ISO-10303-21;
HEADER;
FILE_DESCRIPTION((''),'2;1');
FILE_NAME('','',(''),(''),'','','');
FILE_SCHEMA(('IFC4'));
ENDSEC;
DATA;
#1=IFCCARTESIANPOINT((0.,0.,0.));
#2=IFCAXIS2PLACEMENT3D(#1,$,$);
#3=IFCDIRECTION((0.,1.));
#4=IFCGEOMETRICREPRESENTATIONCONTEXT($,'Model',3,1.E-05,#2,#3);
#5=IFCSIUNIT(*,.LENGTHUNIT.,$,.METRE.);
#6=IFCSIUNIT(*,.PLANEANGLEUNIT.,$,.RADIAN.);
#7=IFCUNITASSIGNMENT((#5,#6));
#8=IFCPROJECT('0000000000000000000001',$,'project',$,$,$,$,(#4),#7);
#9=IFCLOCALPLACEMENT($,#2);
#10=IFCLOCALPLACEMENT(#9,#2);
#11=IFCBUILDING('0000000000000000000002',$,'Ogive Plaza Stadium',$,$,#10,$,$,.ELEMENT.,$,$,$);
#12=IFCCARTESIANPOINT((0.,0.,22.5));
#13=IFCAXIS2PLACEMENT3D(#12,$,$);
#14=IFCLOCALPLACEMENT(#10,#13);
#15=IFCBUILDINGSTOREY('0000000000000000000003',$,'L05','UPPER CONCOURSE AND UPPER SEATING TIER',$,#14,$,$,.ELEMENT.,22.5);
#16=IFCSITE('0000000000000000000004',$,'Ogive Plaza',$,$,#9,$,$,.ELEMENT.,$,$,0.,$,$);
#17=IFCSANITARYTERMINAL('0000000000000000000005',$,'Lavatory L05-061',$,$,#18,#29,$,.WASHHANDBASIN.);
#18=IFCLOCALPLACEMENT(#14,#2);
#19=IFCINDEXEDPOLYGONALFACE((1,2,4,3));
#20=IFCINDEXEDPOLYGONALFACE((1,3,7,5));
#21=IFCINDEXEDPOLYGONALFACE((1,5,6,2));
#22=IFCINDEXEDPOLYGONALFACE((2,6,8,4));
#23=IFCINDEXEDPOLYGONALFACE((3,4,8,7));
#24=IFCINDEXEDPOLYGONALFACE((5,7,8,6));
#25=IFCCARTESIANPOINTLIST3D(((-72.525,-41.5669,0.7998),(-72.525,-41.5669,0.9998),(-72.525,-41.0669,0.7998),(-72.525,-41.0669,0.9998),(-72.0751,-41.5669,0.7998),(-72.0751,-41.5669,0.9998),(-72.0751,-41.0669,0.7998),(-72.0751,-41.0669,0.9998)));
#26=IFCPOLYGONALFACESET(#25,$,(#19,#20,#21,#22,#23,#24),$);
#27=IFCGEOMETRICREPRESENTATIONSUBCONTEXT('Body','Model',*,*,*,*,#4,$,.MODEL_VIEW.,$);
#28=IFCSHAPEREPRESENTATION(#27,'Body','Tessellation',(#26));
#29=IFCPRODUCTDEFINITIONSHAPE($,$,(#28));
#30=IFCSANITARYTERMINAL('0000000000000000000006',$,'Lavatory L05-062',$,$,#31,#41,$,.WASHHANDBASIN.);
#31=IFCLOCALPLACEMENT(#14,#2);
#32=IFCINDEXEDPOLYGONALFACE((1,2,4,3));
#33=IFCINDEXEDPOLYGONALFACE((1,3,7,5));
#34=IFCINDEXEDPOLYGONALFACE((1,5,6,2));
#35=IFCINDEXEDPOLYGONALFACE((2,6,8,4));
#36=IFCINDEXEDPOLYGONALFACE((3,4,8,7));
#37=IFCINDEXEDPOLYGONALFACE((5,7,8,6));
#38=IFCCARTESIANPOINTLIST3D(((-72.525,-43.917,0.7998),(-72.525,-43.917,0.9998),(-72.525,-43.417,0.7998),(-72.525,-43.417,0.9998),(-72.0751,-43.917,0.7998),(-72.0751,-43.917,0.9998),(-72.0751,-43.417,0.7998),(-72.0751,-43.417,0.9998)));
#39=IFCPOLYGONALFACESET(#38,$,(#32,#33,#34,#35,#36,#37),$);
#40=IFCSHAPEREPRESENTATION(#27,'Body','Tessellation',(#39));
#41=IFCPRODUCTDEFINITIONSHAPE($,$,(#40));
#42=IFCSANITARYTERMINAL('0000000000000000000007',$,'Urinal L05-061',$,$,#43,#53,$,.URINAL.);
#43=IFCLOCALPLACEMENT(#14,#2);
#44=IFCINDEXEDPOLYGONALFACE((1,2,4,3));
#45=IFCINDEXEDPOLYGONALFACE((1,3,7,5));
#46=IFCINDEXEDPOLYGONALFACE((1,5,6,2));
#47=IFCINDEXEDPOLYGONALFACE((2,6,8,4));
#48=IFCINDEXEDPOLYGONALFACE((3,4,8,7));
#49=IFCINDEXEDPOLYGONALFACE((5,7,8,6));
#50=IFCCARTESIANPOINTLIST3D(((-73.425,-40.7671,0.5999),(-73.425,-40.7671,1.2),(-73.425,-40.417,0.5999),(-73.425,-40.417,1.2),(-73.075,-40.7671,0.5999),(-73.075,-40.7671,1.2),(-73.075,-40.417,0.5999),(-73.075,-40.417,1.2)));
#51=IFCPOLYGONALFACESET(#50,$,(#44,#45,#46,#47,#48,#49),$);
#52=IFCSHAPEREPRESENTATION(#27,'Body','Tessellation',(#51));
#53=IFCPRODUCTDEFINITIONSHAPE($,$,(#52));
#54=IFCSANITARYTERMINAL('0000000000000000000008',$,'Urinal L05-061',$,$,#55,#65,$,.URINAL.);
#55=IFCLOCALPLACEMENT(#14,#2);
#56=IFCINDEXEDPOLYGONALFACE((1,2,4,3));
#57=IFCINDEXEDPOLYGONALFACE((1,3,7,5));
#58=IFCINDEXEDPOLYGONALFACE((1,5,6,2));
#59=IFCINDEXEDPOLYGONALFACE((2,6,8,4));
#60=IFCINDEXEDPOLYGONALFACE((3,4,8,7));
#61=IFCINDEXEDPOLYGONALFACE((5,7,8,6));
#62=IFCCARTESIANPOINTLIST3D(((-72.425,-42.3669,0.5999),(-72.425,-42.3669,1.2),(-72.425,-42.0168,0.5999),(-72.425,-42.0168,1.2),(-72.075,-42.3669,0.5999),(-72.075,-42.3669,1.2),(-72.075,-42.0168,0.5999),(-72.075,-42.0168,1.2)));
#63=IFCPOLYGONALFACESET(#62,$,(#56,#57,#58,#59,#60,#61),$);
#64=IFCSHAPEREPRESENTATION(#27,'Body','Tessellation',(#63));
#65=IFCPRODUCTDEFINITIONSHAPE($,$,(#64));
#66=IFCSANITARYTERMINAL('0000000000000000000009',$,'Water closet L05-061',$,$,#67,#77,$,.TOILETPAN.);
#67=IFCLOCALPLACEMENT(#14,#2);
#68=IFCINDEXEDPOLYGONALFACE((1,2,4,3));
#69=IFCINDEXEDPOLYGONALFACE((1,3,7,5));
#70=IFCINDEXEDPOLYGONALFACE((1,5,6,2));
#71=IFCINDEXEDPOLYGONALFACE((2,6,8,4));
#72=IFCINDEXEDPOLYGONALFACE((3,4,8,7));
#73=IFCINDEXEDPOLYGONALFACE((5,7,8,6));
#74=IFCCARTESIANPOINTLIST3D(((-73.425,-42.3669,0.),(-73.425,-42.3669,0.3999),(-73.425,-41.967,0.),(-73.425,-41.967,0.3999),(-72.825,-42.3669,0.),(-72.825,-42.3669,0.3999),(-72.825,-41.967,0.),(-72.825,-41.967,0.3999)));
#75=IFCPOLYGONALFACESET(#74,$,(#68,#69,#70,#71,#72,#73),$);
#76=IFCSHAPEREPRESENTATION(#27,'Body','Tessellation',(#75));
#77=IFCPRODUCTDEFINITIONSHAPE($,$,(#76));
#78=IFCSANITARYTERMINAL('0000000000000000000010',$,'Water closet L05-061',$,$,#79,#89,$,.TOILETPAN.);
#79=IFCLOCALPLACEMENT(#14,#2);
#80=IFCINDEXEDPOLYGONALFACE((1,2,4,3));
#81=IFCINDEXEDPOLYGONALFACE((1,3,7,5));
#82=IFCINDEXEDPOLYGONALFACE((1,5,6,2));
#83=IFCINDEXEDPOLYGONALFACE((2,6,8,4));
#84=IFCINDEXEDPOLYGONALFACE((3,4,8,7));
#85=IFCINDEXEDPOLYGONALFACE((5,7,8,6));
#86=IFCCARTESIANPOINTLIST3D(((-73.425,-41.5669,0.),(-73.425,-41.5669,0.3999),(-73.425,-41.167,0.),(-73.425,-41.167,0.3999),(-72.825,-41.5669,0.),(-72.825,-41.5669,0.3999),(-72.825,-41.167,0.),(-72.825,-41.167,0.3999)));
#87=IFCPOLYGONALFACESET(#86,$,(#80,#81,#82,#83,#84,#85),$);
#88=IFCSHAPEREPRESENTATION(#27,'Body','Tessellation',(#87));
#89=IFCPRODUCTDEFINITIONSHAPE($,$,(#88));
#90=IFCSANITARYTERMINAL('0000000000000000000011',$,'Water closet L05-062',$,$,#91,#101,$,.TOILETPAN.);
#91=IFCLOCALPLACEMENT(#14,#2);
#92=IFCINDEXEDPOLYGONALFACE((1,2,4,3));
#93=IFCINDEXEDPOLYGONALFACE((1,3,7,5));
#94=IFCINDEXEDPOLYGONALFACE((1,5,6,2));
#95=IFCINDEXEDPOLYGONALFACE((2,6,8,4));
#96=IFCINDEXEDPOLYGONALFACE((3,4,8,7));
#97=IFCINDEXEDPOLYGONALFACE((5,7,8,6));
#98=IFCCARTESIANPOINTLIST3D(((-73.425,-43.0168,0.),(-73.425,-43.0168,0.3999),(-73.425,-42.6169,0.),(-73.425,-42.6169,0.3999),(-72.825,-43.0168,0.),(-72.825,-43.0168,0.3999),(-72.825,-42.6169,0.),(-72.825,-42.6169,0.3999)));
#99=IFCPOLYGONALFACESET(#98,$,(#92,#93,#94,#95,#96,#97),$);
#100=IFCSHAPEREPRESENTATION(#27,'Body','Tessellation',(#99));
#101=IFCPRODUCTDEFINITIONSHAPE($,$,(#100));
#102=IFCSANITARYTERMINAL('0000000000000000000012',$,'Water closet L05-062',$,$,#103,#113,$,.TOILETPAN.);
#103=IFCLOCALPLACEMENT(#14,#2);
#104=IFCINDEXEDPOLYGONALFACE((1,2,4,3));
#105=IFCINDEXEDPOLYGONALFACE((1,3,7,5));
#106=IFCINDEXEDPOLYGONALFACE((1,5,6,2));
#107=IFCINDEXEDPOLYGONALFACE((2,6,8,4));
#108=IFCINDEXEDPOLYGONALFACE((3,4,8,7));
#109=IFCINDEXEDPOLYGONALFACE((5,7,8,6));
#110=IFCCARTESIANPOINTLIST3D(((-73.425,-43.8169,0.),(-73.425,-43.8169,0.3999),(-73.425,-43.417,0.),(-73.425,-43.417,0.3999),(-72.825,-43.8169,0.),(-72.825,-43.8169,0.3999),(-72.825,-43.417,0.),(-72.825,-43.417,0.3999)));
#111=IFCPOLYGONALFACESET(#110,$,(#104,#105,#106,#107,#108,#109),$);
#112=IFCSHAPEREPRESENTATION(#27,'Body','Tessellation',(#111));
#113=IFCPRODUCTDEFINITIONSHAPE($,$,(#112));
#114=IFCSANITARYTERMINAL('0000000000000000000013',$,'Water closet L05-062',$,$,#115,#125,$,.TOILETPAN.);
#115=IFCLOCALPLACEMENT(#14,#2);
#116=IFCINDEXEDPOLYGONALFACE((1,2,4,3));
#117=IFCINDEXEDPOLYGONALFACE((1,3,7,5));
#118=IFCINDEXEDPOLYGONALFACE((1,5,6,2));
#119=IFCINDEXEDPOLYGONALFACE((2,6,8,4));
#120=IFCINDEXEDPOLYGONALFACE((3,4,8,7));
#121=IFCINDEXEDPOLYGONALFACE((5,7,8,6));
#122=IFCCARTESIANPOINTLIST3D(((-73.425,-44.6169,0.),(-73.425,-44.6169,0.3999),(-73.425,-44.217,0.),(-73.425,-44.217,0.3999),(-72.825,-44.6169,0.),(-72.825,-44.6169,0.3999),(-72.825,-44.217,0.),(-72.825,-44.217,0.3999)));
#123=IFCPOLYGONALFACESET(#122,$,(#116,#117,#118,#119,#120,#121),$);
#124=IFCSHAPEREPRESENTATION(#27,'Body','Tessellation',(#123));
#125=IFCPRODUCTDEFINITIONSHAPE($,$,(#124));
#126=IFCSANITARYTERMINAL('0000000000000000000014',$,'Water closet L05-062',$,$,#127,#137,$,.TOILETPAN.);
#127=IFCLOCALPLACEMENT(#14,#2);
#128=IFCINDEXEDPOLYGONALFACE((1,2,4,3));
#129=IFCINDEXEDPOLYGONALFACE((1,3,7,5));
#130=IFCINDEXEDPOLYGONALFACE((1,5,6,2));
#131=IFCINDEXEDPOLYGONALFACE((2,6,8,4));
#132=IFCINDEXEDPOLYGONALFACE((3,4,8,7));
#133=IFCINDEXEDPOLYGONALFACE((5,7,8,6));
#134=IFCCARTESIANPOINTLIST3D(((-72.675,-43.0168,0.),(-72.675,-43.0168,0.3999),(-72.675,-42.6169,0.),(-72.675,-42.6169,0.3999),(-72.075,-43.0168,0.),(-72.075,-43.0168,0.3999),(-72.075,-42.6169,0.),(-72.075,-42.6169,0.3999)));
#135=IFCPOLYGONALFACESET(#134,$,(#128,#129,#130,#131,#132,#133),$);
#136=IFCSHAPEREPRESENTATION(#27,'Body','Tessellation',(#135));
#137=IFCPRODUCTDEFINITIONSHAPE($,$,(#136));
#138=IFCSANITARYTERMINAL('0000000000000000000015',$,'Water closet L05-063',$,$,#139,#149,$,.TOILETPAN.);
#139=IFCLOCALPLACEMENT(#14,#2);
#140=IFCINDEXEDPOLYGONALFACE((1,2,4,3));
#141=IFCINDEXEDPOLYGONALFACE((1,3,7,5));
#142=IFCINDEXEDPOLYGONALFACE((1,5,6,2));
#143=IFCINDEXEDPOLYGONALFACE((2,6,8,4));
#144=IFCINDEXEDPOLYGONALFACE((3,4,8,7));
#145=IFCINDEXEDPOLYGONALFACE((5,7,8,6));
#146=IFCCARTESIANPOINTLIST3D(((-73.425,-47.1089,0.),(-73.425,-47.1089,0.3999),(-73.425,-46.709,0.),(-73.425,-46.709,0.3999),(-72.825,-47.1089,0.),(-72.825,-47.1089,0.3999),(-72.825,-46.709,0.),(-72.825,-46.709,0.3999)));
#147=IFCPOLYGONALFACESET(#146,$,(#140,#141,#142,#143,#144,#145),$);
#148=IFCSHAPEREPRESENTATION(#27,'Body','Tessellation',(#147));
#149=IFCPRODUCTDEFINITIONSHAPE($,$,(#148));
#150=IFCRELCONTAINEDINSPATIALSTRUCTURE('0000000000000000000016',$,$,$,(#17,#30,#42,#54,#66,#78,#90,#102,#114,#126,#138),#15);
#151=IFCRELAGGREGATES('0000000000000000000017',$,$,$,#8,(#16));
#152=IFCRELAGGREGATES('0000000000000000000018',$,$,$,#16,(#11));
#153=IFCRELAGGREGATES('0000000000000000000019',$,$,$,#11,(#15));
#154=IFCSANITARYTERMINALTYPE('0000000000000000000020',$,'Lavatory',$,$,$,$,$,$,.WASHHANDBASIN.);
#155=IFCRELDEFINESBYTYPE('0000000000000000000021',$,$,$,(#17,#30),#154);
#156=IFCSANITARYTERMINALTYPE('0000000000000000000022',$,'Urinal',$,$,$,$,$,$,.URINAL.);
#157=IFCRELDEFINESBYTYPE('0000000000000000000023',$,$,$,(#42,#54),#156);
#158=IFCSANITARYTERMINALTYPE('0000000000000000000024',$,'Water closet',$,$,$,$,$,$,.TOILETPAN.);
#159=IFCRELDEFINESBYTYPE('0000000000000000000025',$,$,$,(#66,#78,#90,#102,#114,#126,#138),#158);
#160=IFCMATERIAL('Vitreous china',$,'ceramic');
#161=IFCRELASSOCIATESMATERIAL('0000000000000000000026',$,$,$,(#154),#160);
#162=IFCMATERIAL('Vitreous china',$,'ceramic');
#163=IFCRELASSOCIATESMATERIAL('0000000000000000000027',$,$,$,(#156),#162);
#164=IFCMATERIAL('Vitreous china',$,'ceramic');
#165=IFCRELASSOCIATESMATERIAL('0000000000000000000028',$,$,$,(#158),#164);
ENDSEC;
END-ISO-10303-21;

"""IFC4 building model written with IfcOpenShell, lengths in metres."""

from ifc_helpers import new_model, si_unit, direction, frame, origin, origin_2d, place, context, subcontext, project, spatial, rectangle, extrude, material, type_object, element, save


model = new_model("IFC4")

# Units and contexts
model_context = context("Model", 3, precision=1e-05, world=origin(), true_north=direction((0.0, 1.0)))
body_context = subcontext(model_context, "Body", "Model", "MODEL_VIEW")
ifc_project = project(units=[si_unit("LENGTHUNIT", "METRE"), si_unit("PLANEANGLEUNIT", "RADIAN")], contexts=[model_context])

# Site, building, storey
site_placement = place(None, origin())
site = spatial("IfcSite", under=ifc_project, at=site_placement, Name="Ogive Plaza", CompositionType="ELEMENT", RefElevation=0.0)
building_placement = place(site_placement, origin())
building = spatial("IfcBuilding", under=site, at=building_placement, Name="Ogive Plaza Stadium", CompositionType="ELEMENT")
storey_placement = place(building_placement, frame((0.0, 0.0, 22.5)))
storey = spatial("IfcBuildingStorey", under=building, at=storey_placement, Name="L05", Description="UPPER CONCOURSE AND UPPER SEATING TIER", CompositionType="ELEMENT", Elevation=22.5)

# Sanitary terminals
ifc_material_1 = material(Name="Vitreous china", Category="ceramic")
sanitary_terminal_type_1 = type_object("IfcSanitaryTerminalType", Name="Lavatory", PredefinedType="WASHHANDBASIN", material=ifc_material_1)
for number, where, z_axis, x_axis, name in (
    (1, (-72.3, -41.3169, 0.7998), (0.0, 0.0, 1.0), (0.0, 1.0, 0.0), "Lavatory L05-061"),
    (2, (-72.3, -43.667, 0.7998), (0.0, 0.0, 1.0), (0.0, -1.0, 0.0), "Lavatory L05-062"),
):
    element("IfcSanitaryTerminal", number, at=place(storey_placement, frame(where, z_axis=z_axis, x_axis=x_axis)), inside=storey, type_object=sanitary_terminal_type_1, Name=name, PredefinedType="WASHHANDBASIN", context=body_context, shape_type="SweptSolid", body=[
        extrude(rectangle(XDim=0.5, YDim=0.45, at=origin_2d()), origin(), (0.0, 0.0, 1.0), 0.2),
    ])
ifc_material_2 = material(Name="Vitreous china", Category="ceramic")
sanitary_terminal_type_2 = type_object("IfcSanitaryTerminalType", Name="Urinal", PredefinedType="URINAL", material=ifc_material_2)
for number, where, z_axis, x_axis, name in (
    (3, (-73.25, -40.592, 0.5999), (0.0, 0.0, 1.0), (0.0, 1.0, 0.0), "Urinal L05-061"),
    (4, (-72.25, -42.1919, 0.5999), (0.0, 0.0, 1.0), (0.0, 1.0, 0.0), "Urinal L05-061"),
):
    element("IfcSanitaryTerminal", number, at=place(storey_placement, frame(where, z_axis=z_axis, x_axis=x_axis)), inside=storey, type_object=sanitary_terminal_type_2, Name=name, PredefinedType="URINAL", context=body_context, shape_type="SweptSolid", body=[
        extrude(rectangle(XDim=0.3501, YDim=0.3501, at=origin_2d()), origin(), (0.0, 0.0, 1.0), 0.6001),
    ])
ifc_material_3 = material(Name="Vitreous china", Category="ceramic")
sanitary_terminal_type_3 = type_object("IfcSanitaryTerminalType", Name="Water closet", PredefinedType="TOILETPAN", material=ifc_material_3)
for number, where, z_axis, x_axis, name in (
    (5, (-73.125, -42.167, 0.0), (0.0, 0.0, 1.0), (0.0, 1.0, 0.0), "Water closet L05-061"),
    (6, (-73.125, -41.3669, 0.0), (0.0, 0.0, 1.0), (0.0, 1.0, 0.0), "Water closet L05-061"),
    (7, (-73.125, -42.8169, 0.0), (0.0, 0.0, 1.0), (0.0, -1.0, 0.0), "Water closet L05-062"),
    (8, (-73.125, -43.6169, 0.0), (0.0, 0.0, 1.0), (0.0, -1.0, 0.0), "Water closet L05-062"),
    (9, (-73.125, -44.417, 0.0), (0.0, 0.0, 1.0), (0.0, -1.0, 0.0), "Water closet L05-062"),
    (10, (-72.375, -42.8169, 0.0), (0.0, 0.0, 1.0), (0.0, -1.0, 0.0), "Water closet L05-062"),
    (11, (-73.125, -46.9089, 0.0), (0.0, 0.0, 1.0), (0.0, -1.0, 0.0), "Water closet L05-063"),
):
    element("IfcSanitaryTerminal", number, at=place(storey_placement, frame(where, z_axis=z_axis, x_axis=x_axis)), inside=storey, type_object=sanitary_terminal_type_3, Name=name, PredefinedType="TOILETPAN", context=body_context, shape_type="SweptSolid", body=[
        extrude(rectangle(XDim=0.3999, YDim=0.6001, at=origin_2d()), origin(), (0.0, 0.0, 1.0), 0.3999),
    ])

save(model, "model.ifc")
